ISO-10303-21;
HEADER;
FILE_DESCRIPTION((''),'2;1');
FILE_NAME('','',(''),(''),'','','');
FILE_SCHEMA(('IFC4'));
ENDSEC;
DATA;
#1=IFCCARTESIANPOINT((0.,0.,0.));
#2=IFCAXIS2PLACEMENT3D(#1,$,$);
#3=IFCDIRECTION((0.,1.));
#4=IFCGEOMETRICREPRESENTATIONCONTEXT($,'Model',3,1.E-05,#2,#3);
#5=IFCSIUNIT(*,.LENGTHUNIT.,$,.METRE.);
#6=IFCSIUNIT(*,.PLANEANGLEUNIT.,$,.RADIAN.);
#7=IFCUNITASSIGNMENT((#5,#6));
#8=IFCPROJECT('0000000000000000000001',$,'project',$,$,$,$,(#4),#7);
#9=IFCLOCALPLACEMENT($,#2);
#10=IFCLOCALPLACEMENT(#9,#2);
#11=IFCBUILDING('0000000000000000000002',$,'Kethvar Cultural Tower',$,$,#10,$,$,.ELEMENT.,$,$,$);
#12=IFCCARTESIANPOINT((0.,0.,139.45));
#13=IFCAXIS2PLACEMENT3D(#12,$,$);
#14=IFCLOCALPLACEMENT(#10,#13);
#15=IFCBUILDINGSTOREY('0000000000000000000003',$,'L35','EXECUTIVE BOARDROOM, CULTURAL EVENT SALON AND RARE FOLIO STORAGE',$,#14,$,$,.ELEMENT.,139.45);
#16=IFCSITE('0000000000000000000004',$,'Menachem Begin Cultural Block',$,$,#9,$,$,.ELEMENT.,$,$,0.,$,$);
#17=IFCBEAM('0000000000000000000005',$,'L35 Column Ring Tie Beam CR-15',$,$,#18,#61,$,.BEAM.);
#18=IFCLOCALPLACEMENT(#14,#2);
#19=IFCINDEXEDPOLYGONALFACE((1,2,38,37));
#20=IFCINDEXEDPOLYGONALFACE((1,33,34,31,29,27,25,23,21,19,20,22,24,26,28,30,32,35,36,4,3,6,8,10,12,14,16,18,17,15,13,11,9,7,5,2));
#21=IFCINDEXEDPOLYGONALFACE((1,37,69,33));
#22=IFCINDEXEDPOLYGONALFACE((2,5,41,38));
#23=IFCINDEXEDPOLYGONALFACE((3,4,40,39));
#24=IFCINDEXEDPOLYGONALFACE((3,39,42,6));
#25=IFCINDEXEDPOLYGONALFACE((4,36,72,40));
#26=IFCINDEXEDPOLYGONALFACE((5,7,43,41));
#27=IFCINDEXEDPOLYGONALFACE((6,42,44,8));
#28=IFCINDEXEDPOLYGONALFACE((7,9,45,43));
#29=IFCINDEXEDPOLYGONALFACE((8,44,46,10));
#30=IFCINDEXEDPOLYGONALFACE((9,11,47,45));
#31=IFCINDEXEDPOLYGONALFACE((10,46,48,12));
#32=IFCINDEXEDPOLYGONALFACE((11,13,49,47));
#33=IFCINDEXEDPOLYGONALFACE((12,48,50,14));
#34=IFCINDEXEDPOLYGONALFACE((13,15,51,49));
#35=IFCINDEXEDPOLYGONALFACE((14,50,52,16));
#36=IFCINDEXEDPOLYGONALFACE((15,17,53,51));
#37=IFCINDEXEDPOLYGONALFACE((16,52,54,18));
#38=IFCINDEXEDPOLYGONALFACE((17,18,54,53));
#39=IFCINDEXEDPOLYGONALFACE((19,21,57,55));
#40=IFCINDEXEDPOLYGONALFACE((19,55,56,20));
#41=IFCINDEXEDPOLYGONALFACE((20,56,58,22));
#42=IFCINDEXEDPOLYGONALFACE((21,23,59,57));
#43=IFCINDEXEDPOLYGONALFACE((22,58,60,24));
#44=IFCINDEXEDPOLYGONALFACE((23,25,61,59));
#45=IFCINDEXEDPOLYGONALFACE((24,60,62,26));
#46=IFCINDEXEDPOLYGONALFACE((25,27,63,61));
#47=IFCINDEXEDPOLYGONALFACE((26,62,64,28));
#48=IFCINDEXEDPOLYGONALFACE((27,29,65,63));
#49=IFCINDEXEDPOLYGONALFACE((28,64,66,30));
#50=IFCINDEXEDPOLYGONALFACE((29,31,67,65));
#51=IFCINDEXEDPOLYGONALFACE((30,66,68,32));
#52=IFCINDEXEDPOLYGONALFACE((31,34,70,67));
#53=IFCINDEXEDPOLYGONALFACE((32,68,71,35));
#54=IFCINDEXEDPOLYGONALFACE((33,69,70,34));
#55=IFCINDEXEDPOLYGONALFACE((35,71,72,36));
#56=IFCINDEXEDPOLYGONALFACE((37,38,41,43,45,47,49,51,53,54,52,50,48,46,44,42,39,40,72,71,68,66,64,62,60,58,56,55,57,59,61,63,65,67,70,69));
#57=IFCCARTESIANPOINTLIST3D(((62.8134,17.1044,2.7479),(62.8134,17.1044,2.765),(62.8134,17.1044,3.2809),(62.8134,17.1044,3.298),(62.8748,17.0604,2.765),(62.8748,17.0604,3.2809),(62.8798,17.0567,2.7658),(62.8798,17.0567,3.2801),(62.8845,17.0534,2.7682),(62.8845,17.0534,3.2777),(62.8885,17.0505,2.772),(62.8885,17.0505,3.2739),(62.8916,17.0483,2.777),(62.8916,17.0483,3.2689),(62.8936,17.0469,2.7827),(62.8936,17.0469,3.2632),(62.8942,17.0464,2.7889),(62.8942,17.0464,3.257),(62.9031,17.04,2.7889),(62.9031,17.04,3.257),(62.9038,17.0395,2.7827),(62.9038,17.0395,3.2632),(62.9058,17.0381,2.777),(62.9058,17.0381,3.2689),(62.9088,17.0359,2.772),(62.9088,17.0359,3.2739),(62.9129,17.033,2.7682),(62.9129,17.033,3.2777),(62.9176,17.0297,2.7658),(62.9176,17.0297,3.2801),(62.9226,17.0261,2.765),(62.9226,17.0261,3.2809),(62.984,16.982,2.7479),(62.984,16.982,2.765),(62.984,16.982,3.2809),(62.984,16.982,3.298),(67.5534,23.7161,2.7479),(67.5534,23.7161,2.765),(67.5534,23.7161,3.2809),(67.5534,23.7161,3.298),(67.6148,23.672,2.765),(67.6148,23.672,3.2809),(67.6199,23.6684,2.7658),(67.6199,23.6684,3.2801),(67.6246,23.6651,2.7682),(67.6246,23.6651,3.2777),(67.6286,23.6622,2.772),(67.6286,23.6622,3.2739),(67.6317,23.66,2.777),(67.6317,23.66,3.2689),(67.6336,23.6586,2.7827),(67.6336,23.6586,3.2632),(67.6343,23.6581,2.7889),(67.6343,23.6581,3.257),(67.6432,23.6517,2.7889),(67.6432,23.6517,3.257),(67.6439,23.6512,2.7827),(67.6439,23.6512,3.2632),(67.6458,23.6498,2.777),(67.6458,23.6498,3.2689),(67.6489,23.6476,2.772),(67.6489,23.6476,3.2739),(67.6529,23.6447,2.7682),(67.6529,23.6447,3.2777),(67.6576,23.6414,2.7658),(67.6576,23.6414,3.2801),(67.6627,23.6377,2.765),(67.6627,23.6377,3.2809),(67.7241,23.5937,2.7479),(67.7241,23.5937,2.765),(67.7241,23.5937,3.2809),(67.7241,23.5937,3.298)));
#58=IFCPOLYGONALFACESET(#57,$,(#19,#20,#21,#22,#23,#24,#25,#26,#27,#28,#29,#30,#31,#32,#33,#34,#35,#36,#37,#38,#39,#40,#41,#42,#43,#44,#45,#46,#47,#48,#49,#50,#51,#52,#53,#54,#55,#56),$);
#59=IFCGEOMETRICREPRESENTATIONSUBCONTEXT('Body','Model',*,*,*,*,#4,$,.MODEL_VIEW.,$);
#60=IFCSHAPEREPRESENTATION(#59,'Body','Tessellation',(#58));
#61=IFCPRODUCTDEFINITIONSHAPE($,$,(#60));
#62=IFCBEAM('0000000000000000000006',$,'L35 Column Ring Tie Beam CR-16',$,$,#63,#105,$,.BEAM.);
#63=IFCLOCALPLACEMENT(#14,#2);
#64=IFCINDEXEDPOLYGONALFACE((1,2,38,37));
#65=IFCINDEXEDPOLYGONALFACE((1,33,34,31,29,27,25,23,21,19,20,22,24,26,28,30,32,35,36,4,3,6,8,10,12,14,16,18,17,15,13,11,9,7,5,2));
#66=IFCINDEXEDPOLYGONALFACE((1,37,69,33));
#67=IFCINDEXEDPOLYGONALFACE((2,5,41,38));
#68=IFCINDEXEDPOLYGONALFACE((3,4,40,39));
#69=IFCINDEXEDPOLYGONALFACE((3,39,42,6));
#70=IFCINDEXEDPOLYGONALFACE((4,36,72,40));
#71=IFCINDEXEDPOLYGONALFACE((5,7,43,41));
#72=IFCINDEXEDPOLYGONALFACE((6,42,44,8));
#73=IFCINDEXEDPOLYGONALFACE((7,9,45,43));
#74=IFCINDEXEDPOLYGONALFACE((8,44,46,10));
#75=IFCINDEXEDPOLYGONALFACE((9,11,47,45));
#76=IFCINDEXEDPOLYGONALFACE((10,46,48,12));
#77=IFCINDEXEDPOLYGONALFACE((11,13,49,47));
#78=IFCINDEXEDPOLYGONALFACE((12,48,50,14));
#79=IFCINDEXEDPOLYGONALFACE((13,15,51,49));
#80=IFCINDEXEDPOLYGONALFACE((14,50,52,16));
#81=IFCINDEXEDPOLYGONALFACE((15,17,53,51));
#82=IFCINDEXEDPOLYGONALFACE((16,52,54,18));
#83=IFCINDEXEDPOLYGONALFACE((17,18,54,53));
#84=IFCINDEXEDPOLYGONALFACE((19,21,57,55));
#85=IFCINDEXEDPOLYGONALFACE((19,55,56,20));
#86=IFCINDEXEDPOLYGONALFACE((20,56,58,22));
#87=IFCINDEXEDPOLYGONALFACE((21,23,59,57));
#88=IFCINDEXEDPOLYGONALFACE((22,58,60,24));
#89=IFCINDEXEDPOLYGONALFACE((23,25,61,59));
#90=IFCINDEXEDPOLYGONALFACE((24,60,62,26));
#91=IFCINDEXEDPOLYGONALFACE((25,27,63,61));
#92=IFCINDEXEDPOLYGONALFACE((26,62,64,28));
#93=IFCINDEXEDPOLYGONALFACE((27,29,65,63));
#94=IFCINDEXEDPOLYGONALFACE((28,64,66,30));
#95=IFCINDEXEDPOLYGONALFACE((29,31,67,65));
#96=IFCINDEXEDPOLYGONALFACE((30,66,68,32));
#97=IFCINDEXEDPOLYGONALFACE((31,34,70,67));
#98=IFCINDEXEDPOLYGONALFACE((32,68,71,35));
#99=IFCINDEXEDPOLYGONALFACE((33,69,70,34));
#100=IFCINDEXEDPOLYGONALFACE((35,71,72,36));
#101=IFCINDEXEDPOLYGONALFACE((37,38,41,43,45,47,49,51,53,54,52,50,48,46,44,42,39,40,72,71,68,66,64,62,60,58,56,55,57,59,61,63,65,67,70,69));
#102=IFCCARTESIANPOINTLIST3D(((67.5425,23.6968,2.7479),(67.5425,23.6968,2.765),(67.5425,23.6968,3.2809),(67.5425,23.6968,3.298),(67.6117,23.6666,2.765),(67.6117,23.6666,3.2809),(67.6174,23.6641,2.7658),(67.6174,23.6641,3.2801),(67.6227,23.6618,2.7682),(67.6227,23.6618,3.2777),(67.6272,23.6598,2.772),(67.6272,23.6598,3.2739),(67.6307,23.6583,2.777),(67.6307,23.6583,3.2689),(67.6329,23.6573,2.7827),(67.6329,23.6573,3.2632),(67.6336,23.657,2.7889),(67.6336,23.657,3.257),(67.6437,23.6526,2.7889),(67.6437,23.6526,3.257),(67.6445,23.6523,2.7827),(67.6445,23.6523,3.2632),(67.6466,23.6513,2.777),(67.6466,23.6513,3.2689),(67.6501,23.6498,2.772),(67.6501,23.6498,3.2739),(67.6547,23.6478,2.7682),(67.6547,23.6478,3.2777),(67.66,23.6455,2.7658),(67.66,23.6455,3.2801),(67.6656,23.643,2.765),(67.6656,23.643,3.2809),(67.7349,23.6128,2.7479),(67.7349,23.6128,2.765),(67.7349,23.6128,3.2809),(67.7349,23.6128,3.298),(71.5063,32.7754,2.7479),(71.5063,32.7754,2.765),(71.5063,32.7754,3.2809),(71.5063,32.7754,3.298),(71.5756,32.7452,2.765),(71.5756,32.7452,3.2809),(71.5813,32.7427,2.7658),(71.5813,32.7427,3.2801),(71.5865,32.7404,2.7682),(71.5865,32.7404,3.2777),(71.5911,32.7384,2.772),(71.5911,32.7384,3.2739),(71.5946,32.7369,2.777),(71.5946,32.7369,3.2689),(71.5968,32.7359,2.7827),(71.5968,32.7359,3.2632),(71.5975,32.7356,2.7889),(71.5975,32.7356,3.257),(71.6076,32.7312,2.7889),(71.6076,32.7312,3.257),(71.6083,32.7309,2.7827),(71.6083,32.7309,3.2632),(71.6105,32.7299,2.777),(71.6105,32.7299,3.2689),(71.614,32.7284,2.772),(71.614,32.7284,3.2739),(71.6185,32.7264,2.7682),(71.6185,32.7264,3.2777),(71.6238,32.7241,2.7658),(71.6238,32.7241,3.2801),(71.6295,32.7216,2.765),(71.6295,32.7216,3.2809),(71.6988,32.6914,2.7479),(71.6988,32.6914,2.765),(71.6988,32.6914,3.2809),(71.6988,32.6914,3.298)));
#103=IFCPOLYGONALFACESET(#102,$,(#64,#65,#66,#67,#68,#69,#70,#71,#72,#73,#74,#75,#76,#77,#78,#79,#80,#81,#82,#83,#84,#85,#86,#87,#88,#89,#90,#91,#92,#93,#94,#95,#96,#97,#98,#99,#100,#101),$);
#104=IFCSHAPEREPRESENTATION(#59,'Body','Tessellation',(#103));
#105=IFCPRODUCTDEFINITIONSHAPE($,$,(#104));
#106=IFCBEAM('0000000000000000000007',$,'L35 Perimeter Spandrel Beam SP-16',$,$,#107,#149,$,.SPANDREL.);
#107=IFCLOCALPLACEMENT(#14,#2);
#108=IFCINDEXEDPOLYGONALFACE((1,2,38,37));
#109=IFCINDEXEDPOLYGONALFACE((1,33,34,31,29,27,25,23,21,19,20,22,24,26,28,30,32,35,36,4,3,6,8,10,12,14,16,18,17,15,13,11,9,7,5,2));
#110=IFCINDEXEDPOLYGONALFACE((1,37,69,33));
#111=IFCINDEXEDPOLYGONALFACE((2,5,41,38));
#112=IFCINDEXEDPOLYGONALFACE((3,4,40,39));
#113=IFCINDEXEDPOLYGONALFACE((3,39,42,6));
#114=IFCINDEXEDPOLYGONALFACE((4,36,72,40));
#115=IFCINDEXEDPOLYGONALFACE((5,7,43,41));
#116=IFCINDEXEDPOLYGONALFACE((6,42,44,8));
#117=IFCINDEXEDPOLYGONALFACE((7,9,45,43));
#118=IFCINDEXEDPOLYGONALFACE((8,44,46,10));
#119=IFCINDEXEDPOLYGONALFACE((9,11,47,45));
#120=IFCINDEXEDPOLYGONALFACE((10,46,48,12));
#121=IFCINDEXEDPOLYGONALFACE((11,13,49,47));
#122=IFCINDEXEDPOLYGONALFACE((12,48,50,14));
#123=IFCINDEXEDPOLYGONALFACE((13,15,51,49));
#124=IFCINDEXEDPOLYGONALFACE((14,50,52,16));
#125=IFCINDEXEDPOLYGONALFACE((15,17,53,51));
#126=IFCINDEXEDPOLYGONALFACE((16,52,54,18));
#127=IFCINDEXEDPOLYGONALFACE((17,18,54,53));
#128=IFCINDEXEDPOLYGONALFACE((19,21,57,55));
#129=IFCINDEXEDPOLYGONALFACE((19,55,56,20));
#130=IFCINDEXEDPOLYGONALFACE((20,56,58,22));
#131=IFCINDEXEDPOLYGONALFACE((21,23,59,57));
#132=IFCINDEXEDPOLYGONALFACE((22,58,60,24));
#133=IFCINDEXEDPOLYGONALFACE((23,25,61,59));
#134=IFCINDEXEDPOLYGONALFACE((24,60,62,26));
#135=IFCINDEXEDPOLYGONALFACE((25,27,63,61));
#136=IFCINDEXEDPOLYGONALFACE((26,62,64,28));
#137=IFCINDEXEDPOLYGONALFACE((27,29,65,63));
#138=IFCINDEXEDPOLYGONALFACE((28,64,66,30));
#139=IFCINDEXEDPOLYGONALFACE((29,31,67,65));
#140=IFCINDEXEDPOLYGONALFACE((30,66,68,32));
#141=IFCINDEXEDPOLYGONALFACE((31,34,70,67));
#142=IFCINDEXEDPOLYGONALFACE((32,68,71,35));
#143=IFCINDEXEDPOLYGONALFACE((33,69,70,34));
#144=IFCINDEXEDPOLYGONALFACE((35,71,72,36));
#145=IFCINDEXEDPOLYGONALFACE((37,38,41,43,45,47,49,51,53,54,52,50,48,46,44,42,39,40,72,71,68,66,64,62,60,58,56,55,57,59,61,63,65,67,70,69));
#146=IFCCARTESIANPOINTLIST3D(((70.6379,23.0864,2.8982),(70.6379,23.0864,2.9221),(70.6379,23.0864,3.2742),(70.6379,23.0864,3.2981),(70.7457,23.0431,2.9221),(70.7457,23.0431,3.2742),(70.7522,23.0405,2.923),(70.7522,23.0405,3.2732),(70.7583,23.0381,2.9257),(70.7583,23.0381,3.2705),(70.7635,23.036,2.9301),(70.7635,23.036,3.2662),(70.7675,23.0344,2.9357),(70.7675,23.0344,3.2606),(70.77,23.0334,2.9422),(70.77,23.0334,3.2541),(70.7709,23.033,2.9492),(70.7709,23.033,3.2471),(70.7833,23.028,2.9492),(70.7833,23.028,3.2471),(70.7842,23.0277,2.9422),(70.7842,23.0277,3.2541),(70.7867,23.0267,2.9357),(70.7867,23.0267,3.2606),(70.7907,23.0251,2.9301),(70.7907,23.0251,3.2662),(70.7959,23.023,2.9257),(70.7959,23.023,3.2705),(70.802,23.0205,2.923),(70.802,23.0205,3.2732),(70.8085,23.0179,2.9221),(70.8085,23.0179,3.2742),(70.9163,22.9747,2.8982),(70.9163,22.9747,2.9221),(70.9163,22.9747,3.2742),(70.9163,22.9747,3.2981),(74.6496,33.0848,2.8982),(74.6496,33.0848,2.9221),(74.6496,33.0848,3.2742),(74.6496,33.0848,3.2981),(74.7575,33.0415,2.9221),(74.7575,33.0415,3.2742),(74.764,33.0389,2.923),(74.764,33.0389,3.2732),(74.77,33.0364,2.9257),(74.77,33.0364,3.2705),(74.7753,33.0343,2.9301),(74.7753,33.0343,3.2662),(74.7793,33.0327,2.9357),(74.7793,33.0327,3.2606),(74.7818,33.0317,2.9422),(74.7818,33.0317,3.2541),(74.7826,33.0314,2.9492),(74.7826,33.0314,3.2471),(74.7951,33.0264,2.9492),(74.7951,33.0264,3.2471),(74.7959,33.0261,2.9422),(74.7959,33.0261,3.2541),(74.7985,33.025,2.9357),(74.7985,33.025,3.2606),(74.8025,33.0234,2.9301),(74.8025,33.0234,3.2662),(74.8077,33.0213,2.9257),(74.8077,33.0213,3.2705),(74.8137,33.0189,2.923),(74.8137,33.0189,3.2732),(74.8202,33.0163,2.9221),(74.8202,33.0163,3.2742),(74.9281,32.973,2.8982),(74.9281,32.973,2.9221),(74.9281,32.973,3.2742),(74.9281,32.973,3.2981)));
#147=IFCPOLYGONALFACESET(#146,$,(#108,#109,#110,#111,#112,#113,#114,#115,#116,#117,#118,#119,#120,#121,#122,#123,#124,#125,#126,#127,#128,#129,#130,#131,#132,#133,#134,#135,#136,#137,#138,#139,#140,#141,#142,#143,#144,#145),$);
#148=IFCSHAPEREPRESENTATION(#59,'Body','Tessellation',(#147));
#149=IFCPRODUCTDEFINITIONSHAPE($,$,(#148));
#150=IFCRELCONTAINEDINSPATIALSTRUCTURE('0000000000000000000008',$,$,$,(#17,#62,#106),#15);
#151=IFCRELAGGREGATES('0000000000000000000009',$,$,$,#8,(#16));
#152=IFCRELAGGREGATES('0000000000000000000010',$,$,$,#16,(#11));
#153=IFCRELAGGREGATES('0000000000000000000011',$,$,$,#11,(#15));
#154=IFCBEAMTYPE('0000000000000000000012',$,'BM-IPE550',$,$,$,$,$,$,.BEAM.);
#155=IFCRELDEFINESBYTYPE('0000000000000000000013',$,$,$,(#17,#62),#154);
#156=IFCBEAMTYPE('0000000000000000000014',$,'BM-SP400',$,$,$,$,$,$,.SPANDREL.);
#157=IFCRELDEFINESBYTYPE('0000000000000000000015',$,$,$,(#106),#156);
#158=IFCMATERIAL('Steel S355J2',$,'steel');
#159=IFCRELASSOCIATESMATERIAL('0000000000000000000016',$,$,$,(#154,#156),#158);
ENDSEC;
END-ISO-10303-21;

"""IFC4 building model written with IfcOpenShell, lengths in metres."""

from ifc_helpers import new_model, si_unit, direction, frame, origin, origin_2d, place, context, subcontext, project, spatial, i_section, extrude, source, transform, mapped, material, material_profile, profile_set, type_object, element, save


model = new_model("IFC4")

# Units and contexts
model_context = context("Model", 3, precision=1e-05, world=origin(), true_north=direction((0.0, 1.0)))
body_context = subcontext(model_context, "Body", "Model", "MODEL_VIEW")
ifc_project = project(units=[si_unit("LENGTHUNIT", "METRE"), si_unit("PLANEANGLEUNIT", "RADIAN")], contexts=[model_context])

# Site, building, storey
site_placement = place(None, origin())
site = spatial("IfcSite", under=ifc_project, at=site_placement, Name="Menachem Begin Cultural Block", CompositionType="ELEMENT", RefElevation=0.0)
building_placement = place(site_placement, origin())
building = spatial("IfcBuilding", under=site, at=building_placement, Name="Kethvar Cultural Tower", CompositionType="ELEMENT")
storey_placement = place(building_placement, frame((0.0, 0.0, 139.45)))
storey = spatial("IfcBuildingStorey", under=building, at=storey_placement, Name="L35", Description="EXECUTIVE BOARDROOM, CULTURAL EVENT SALON AND RARE FOLIO STORAGE", CompositionType="ELEMENT", Elevation=139.45)

# Beams
ifc_material_1 = material(Name="Steel S355J2", Category="steel")
ifc_material_profile_1 = material_profile(ifc_material_1, i_section(OverallWidth=0.21, OverallDepth=0.55, WebThickness=0.011, FlangeThickness=0.0171, FilletRadius=0.0239, at=origin_2d()), Name="Steel S355J2 — IPE550")
ifc_profile_set_1 = profile_set([ifc_material_profile_1], Name="Steel S355J2 — IPE550")
beam_type_1 = type_object("IfcBeamType", Name="BM-IPE550", PredefinedType="BEAM", material=ifc_profile_set_1)
shared_shape_1 = source(origin(), body_context, "Body", "SweptSolid", [
    extrude(i_section(OverallWidth=0.21, OverallDepth=0.55, WebThickness=0.011, FlangeThickness=0.0171, FilletRadius=0.0239, at=origin_2d()), origin(), (0.0, 0.0, 1.0), 8.1353),
])
beam_1_placement = place(storey_placement, frame((62.8987, 17.0432, 3.0229), z_axis=(0.582657, 0.812718, 0.0), x_axis=(-0.812718, 0.582657, 0.0)))
element("IfcBeam", 1, at=beam_1_placement, inside=storey, type_object=beam_type_1, Name="L35 Column Ring Tie Beam CR-15", PredefinedType="BEAM", context=body_context, shape_type="MappedRepresentation", body=[
    mapped(shared_shape_1, transform((0.0, 0.0, 0.0), scale=1.0)),
])
shared_shape_2 = source(origin(), body_context, "Body", "SweptSolid", [
    extrude(i_section(OverallWidth=0.21, OverallDepth=0.55, WebThickness=0.011, FlangeThickness=0.0171, FilletRadius=0.0239, at=origin_2d()), origin(), (0.0, 0.0, 1.0), 9.9062),
])
beam_2_placement = place(storey_placement, frame((67.6387, 23.6548, 3.0229), z_axis=(0.400139, 0.916455, 0.0), x_axis=(-0.916455, 0.400139, 0.0)))
element("IfcBeam", 2, at=beam_2_placement, inside=storey, type_object=beam_type_1, Name="L35 Column Ring Tie Beam CR-16", PredefinedType="BEAM", context=body_context, shape_type="MappedRepresentation", body=[
    mapped(shared_shape_2, transform((0.0, 0.0, 0.0), scale=1.0)),
])
ifc_material_profile_2 = material_profile(ifc_material_1, i_section(OverallWidth=0.3, OverallDepth=0.3999, WebThickness=0.0134, FlangeThickness=0.0239, FilletRadius=0.0271, at=origin_2d()), Name="Steel S355J2 — HEB400")
ifc_profile_set_2 = profile_set([ifc_material_profile_2], Name="Steel S355J2 — HEB400")
beam_type_2 = type_object("IfcBeamType", Name="BM-SP400", PredefinedType="SPANDREL", material=ifc_profile_set_2)
shared_shape_3 = source(origin(), body_context, "Body", "SweptSolid", [
    extrude(i_section(OverallWidth=0.3, OverallDepth=0.3999, WebThickness=0.0134, FlangeThickness=0.0239, FilletRadius=0.0271, at=origin_2d()), origin(), (0.0, 0.0, 1.0), 10.7732),
])
beam_3_placement = place(storey_placement, frame((70.7771, 23.0305, 3.0981), z_axis=(0.372383, 0.928079, 0.0), x_axis=(-0.928079, 0.372383, 0.0)))
element("IfcBeam", 3, at=beam_3_placement, inside=storey, type_object=beam_type_2, Name="L35 Perimeter Spandrel Beam SP-16", PredefinedType="SPANDREL", context=body_context, shape_type="MappedRepresentation", body=[
    mapped(shared_shape_3, transform((0.0, 0.0, 0.0), scale=1.0)),
])

save(model, "model.ifc")
